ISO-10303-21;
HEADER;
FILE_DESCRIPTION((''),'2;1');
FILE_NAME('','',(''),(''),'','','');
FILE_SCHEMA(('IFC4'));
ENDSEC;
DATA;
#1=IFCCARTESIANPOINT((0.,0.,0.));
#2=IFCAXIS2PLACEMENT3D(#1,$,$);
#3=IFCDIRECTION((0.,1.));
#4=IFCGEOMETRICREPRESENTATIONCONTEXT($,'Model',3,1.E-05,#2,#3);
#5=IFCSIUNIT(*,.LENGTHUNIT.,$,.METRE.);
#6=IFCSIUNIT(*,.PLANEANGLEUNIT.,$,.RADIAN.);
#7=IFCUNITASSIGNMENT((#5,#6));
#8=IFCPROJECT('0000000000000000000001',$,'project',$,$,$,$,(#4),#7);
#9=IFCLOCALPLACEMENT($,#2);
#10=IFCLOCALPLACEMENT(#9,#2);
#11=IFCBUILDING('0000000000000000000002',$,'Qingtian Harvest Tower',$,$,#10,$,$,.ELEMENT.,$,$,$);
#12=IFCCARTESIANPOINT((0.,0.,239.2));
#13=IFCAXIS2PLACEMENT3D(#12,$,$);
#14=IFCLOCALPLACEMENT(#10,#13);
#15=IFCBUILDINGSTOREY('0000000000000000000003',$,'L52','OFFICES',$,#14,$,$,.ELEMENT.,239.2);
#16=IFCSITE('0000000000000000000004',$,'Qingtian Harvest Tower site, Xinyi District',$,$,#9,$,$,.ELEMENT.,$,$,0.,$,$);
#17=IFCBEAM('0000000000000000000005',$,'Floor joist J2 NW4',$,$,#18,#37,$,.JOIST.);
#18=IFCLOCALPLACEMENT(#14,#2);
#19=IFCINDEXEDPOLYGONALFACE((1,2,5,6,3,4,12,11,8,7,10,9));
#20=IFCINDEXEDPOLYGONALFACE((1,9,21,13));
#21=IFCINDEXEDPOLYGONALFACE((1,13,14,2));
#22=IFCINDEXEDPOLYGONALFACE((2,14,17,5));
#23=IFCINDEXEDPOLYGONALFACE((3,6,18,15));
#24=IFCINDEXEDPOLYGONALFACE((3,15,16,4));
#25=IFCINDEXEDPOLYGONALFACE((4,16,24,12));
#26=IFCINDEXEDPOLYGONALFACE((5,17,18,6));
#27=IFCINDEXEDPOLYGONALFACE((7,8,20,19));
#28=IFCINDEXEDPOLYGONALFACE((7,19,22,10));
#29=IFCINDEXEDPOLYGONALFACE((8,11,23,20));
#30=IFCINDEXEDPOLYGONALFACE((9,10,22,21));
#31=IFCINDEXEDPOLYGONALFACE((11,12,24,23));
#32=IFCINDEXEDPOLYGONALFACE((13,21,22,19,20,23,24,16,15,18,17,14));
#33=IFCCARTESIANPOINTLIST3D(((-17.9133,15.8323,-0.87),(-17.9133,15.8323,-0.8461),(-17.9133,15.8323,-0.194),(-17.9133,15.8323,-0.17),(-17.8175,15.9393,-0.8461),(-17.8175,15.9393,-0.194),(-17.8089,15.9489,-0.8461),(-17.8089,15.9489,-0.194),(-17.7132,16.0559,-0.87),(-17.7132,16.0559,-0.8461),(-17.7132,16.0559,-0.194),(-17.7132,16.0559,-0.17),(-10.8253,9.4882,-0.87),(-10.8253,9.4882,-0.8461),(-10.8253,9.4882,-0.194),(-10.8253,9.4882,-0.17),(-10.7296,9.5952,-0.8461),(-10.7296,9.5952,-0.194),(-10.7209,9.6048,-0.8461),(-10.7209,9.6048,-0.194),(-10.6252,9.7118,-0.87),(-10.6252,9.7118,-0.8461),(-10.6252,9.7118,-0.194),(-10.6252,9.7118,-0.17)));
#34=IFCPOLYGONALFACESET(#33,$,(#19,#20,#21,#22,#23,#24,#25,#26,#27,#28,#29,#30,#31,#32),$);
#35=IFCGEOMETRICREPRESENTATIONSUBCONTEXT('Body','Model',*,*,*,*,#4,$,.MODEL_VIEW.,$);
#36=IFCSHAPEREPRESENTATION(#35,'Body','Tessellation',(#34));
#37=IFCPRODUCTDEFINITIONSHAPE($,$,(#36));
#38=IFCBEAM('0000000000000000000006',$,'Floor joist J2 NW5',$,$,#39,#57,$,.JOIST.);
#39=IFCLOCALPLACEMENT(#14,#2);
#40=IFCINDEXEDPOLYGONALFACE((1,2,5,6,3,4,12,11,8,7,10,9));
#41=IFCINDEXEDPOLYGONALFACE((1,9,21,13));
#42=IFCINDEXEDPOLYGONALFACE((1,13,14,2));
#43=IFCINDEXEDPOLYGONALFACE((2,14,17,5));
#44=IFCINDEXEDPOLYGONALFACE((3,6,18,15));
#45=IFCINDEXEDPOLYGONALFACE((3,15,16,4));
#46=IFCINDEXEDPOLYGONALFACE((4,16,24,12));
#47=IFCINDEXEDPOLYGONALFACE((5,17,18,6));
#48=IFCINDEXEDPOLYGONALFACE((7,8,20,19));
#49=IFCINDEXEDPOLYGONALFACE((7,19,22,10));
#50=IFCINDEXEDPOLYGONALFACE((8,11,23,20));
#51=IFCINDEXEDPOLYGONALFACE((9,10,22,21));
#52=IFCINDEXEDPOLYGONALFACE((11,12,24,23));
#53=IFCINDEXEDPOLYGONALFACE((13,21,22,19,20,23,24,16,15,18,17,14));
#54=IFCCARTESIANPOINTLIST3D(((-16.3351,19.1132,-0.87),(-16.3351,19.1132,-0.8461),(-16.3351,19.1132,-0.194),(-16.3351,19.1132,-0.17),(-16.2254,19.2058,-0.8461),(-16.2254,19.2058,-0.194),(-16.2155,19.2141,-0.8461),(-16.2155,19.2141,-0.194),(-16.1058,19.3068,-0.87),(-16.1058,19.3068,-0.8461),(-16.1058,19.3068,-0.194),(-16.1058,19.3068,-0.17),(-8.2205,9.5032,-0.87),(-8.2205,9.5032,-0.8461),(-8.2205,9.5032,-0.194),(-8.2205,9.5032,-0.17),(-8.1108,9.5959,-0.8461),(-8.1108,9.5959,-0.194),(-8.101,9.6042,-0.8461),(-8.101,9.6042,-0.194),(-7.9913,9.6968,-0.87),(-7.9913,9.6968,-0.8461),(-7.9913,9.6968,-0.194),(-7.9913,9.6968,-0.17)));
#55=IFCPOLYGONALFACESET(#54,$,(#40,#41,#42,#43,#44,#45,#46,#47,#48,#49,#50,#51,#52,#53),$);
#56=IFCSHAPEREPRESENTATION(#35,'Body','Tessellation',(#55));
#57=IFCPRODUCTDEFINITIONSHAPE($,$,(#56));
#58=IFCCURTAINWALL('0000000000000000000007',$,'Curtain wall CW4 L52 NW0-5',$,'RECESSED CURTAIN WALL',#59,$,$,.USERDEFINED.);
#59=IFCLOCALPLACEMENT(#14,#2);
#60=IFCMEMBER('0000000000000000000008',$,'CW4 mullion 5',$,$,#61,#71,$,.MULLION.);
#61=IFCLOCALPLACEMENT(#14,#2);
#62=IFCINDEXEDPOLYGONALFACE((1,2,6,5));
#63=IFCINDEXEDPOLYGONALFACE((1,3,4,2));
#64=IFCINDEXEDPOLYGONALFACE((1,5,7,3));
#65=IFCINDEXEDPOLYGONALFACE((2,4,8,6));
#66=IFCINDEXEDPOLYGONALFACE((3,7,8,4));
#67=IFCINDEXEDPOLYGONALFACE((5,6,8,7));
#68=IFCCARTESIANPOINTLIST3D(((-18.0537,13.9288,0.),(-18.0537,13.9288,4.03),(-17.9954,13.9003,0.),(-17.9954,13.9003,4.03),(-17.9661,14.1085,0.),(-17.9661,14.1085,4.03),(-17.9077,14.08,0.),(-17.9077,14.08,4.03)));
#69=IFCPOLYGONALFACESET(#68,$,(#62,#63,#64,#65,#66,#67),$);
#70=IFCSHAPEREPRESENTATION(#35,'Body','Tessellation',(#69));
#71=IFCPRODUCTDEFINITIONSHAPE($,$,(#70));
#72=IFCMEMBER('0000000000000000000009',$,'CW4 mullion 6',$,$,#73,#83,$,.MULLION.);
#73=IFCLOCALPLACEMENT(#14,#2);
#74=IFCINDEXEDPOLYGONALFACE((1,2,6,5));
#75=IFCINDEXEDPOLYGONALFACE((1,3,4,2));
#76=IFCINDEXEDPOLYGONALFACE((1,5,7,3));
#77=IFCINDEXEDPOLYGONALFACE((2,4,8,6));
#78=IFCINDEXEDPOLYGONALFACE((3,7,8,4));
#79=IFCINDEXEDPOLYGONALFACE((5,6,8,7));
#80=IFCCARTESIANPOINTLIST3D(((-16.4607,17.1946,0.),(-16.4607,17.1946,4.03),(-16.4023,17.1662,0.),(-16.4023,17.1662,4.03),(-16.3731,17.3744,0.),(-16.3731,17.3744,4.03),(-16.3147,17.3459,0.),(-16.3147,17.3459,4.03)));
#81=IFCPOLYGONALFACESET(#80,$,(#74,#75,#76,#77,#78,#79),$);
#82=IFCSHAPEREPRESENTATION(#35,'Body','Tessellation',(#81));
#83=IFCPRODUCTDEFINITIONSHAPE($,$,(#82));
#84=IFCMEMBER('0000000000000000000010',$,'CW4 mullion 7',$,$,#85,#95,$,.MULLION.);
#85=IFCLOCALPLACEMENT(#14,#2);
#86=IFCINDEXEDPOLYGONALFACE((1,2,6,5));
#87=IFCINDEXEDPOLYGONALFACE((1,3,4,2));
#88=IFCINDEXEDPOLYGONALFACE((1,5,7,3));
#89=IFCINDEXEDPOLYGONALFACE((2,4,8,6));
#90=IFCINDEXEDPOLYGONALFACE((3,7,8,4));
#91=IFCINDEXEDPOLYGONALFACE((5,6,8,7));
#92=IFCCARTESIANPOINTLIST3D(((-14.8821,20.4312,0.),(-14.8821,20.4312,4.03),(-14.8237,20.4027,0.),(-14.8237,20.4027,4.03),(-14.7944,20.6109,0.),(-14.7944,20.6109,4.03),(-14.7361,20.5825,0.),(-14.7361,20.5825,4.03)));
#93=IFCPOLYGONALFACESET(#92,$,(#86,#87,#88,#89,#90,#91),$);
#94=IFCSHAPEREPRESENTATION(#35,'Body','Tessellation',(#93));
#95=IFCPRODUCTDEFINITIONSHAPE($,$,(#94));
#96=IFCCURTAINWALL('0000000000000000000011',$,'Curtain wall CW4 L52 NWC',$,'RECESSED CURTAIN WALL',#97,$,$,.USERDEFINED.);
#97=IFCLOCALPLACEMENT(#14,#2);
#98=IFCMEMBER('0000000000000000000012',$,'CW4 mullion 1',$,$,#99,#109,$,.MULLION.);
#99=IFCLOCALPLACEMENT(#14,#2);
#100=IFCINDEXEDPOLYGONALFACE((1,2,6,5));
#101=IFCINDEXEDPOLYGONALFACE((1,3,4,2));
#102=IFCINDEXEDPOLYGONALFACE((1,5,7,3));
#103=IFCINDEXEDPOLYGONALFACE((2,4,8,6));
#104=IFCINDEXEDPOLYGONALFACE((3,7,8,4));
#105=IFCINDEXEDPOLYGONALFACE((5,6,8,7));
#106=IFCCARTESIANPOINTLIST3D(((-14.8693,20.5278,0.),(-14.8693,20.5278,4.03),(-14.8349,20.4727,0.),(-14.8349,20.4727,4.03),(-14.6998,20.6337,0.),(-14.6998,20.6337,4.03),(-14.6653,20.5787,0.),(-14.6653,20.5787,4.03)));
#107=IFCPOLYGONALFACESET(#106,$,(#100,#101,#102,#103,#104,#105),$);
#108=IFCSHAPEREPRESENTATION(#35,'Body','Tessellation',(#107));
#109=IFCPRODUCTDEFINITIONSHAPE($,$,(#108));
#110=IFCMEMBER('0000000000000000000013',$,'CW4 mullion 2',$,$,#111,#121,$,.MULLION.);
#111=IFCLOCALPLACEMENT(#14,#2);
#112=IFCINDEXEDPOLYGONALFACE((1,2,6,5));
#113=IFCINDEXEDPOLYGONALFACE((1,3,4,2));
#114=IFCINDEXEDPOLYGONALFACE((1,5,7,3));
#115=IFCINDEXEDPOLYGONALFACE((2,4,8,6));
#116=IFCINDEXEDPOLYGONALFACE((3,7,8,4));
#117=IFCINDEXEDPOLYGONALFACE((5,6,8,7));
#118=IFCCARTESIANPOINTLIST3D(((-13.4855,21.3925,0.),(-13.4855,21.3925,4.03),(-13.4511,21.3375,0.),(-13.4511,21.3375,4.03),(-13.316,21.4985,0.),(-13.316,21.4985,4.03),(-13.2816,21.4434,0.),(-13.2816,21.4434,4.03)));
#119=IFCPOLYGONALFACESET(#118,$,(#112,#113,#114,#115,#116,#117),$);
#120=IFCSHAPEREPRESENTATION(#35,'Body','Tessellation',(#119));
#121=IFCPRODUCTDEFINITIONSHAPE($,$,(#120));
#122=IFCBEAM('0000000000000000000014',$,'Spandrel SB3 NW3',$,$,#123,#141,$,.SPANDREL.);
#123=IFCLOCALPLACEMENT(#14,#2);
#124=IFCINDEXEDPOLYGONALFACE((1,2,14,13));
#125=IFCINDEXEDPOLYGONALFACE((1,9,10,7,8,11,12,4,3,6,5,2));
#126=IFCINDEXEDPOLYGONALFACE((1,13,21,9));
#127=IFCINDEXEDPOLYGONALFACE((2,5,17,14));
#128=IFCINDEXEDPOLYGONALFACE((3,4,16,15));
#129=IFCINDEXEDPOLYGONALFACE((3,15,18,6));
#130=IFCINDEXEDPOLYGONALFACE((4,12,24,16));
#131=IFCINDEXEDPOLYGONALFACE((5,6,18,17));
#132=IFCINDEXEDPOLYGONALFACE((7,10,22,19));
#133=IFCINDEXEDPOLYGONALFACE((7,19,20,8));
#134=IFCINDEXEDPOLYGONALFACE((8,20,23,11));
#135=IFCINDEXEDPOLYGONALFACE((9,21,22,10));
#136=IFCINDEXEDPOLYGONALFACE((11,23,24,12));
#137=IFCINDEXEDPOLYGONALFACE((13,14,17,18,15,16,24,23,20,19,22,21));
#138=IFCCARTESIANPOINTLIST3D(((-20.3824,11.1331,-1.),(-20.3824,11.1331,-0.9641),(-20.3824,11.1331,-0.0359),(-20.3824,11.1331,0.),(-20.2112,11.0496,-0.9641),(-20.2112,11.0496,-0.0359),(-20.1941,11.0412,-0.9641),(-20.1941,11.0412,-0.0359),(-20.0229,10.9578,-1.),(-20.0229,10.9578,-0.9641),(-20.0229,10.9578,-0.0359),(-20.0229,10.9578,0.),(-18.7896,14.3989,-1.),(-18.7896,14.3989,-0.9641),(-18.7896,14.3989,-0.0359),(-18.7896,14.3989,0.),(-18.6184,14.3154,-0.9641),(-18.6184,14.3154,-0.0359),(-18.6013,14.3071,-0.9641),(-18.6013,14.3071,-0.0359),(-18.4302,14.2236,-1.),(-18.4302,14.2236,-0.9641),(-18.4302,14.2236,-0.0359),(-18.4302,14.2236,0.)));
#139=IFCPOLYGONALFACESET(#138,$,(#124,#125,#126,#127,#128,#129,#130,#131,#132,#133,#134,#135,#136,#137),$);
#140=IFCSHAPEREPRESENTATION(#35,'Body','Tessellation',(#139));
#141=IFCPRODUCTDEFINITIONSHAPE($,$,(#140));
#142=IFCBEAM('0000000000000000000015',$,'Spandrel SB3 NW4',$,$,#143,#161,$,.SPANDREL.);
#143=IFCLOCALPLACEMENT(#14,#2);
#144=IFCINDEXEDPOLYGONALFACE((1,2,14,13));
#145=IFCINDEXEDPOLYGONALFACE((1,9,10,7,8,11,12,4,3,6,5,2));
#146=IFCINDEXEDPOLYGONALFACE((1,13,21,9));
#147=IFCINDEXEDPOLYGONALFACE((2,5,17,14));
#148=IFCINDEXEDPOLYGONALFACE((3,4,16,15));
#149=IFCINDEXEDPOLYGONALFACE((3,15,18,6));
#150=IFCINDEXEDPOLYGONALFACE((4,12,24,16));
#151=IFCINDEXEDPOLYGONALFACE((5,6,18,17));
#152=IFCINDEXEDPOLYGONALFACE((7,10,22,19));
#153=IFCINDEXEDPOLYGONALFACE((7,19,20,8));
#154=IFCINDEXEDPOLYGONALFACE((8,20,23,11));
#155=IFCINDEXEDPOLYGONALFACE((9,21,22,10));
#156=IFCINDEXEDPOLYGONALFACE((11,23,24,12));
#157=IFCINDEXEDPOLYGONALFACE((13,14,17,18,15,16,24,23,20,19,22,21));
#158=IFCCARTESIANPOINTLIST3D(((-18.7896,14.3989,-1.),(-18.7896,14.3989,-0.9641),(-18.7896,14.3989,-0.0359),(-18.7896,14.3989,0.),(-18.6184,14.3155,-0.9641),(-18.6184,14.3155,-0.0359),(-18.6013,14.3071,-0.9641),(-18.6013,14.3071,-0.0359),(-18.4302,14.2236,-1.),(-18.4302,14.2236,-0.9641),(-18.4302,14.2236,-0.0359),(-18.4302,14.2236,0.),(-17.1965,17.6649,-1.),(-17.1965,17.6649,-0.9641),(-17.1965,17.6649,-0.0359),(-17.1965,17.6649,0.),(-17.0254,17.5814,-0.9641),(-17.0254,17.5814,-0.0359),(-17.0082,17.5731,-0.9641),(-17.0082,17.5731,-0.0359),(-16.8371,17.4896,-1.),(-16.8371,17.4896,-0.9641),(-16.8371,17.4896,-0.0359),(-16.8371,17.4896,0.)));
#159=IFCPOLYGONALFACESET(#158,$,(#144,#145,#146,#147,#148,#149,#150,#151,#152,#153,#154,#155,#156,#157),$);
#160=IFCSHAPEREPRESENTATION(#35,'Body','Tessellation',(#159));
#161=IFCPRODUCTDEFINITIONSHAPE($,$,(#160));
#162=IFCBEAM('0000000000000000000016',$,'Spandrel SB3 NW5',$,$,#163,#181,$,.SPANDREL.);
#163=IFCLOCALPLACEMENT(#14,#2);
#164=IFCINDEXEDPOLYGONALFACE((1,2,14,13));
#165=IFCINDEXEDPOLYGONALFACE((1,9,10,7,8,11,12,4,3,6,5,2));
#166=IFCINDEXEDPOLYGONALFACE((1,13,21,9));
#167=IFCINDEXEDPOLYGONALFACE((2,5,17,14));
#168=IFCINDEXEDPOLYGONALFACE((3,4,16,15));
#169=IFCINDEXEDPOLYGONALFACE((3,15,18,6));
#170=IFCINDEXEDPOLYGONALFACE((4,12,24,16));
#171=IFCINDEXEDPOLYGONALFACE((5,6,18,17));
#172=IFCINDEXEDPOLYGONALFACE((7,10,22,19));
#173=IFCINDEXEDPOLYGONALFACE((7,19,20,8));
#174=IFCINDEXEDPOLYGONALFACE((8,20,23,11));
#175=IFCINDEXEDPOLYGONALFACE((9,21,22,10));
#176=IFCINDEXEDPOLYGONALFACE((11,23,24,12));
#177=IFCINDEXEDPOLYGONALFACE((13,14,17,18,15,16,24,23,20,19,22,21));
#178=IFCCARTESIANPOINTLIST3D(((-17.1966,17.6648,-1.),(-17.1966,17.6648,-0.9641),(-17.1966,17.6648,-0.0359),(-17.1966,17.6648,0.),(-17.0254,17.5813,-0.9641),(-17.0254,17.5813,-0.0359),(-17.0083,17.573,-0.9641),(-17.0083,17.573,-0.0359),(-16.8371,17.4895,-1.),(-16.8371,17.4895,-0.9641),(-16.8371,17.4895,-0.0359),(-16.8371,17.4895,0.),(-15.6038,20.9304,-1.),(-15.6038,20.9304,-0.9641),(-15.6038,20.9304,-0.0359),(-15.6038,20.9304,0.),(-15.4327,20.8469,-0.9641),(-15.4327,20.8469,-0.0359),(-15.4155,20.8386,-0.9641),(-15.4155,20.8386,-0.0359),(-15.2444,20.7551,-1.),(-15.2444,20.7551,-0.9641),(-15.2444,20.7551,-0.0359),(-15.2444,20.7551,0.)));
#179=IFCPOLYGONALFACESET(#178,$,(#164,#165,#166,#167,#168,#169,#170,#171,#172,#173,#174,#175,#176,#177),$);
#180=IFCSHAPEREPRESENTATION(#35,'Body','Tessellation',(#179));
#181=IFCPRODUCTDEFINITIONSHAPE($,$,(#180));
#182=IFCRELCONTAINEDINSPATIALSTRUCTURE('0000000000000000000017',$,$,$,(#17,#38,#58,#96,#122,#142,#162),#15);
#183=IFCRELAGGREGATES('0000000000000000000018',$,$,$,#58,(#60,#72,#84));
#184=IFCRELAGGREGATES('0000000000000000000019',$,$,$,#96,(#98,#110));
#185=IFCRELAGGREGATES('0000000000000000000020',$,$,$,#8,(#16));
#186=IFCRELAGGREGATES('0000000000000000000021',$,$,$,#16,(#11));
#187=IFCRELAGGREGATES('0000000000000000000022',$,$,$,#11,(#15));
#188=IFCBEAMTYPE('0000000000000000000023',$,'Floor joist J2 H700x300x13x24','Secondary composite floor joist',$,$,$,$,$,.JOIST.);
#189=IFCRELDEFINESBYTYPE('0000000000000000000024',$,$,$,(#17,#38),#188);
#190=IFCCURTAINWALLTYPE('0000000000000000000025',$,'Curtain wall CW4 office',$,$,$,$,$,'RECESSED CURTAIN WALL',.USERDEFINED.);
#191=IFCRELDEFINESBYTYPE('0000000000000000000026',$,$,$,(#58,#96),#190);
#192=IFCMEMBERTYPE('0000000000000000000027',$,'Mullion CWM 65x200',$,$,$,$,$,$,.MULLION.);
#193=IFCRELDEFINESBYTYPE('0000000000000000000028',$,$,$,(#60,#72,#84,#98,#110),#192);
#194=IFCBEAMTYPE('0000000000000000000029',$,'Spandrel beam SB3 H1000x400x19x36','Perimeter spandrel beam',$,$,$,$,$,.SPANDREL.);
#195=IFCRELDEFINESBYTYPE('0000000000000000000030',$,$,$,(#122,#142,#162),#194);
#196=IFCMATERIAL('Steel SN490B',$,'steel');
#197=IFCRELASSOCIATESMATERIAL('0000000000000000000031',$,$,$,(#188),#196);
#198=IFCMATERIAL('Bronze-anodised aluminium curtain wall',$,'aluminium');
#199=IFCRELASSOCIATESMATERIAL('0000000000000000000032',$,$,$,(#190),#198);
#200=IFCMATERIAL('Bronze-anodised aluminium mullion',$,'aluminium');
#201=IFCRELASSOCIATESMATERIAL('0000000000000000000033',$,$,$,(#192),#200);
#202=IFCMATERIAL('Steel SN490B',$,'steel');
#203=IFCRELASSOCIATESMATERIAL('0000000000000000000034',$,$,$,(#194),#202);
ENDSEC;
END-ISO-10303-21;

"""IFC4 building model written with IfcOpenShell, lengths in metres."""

from ifc_helpers import new_model, si_unit, direction, frame, origin, origin_2d, place, context, subcontext, project, spatial, rectangle, i_section, extrude, material, material_profile, profile_set, type_object, element, aggregate, save


model = new_model("IFC4")

# Units and contexts
model_context = context("Model", 3, precision=1e-05, world=origin(), true_north=direction((0.0, 1.0)))
body_context = subcontext(model_context, "Body", "Model", "MODEL_VIEW")
ifc_project = project(units=[si_unit("LENGTHUNIT", "METRE"), si_unit("PLANEANGLEUNIT", "RADIAN")], contexts=[model_context])

# Site, building, storey
site_placement = place(None, origin())
site = spatial("IfcSite", under=ifc_project, at=site_placement, Name="Qingtian Harvest Tower site, Xinyi District", CompositionType="ELEMENT", RefElevation=0.0)
building_placement = place(site_placement, origin())
building = spatial("IfcBuilding", under=site, at=building_placement, Name="Qingtian Harvest Tower", CompositionType="ELEMENT")
storey_placement = place(building_placement, frame((0.0, 0.0, 239.2)))
storey = spatial("IfcBuildingStorey", under=building, at=storey_placement, Name="L52", Description="OFFICES", CompositionType="ELEMENT", Elevation=239.2)

# Beams
ifc_material_1 = material(Name="Steel SN490B", Category="steel")
ifc_material_profile_1 = material_profile(ifc_material_1, i_section(OverallWidth=0.3, OverallDepth=0.7, WebThickness=0.0129, FlangeThickness=0.0239, at=origin_2d()), Name="H700x300x13x24")
ifc_profile_set_1 = profile_set([ifc_material_profile_1], Name="Steel SN490B")
beam_type_1 = type_object("IfcBeamType", Name="Floor joist J2 H700x300x13x24", Description="Secondary composite floor joist", PredefinedType="JOIST", material=ifc_profile_set_1)
beam_1_placement = place(storey_placement, frame((-17.8132, 15.9441, -0.52), z_axis=(0.745127, -0.666923, 0.0), x_axis=(0.666923, 0.745127, 0.0)))
element("IfcBeam", 1, at=beam_1_placement, inside=storey, type_object=beam_type_1, Name="Floor joist J2 NW4", PredefinedType="JOIST", context=body_context, shape_type="SweptSolid", body=[
    extrude(i_section(OverallWidth=0.3, OverallDepth=0.7, WebThickness=0.0129, FlangeThickness=0.0239, at=origin_2d()), origin(), (0.0, 0.0, 1.0), 9.5125),
])
beam_2_placement = place(storey_placement, frame((-16.2205, 19.21, -0.52), z_axis=(0.645158, -0.764049, 0.0), x_axis=(0.764049, 0.645158, 0.0)))
element("IfcBeam", 2, at=beam_2_placement, inside=storey, type_object=beam_type_1, Name="Floor joist J2 NW5", PredefinedType="JOIST", context=body_context, shape_type="SweptSolid", body=[
    extrude(i_section(OverallWidth=0.3, OverallDepth=0.7, WebThickness=0.0129, FlangeThickness=0.0239, at=origin_2d()), origin(), (0.0, 0.0, 1.0), 12.5776),
])

# Curtain walls, members
ifc_material_2 = material(Name="Bronze-anodised aluminium curtain wall", Category="aluminium")
curtain_wall_type = type_object("IfcCurtainWallType", Name="Curtain wall CW4 office", ElementType="RECESSED CURTAIN WALL", PredefinedType="USERDEFINED", material=ifc_material_2)
curtain_wall_1_placement = place(storey_placement, origin())
curtain_wall_1 = element("IfcCurtainWall", 3, at=curtain_wall_1_placement, inside=storey, type_object=curtain_wall_type, Name="Curtain wall CW4 L52 NW0-5", ObjectType="RECESSED CURTAIN WALL", PredefinedType="USERDEFINED")
ifc_material_3 = material(Name="Bronze-anodised aluminium mullion", Category="aluminium")
ifc_material_profile_2 = material_profile(ifc_material_3, rectangle(XDim=0.0649, YDim=0.2, at=origin_2d()), Name="AL 65x200")
ifc_profile_set_2 = profile_set([ifc_material_profile_2], Name="Bronze-anodised aluminium mullion")
member_type_1 = type_object("IfcMemberType", Name="Mullion CWM 65x200", PredefinedType="MULLION", material=ifc_profile_set_2)
member_1_placement = place(storey_placement, frame((-17.9807, 14.0044, 0.0), z_axis=(0.0, 0.0, 1.0), x_axis=(-0.898794, 0.438371, 0.0)))
member_1 = element("IfcMember", 4, at=member_1_placement, type_object=member_type_1, Name="CW4 mullion 5", PredefinedType="MULLION", context=body_context, shape_type="SweptSolid", body=[
    extrude(rectangle(XDim=0.0649, YDim=0.2, at=origin_2d()), origin(), (0.0, 0.0, 1.0), 4.03),
])
member_2_placement = place(storey_placement, frame((-16.3877, 17.2703, 0.0), z_axis=(0.0, 0.0, 1.0), x_axis=(-0.898794, 0.438371, 0.0)))
member_2 = element("IfcMember", 5, at=member_2_placement, type_object=member_type_1, Name="CW4 mullion 6", PredefinedType="MULLION", context=body_context, shape_type="SweptSolid", body=[
    extrude(rectangle(XDim=0.0649, YDim=0.2, at=origin_2d()), origin(), (0.0, 0.0, 1.0), 4.03),
])
member_3_placement = place(storey_placement, frame((-14.8091, 20.5068, 0.0), z_axis=(0.0, 0.0, 1.0), x_axis=(-0.898794, 0.438371, 0.0)))
member_3 = element("IfcMember", 6, at=member_3_placement, type_object=member_type_1, Name="CW4 mullion 7", PredefinedType="MULLION", context=body_context, shape_type="SweptSolid", body=[
    extrude(rectangle(XDim=0.0649, YDim=0.2, at=origin_2d()), origin(), (0.0, 0.0, 1.0), 4.03),
])
curtain_wall_2_placement = place(storey_placement, origin())
curtain_wall_2 = element("IfcCurtainWall", 7, at=curtain_wall_2_placement, inside=storey, type_object=curtain_wall_type, Name="Curtain wall CW4 L52 NWC", ObjectType="RECESSED CURTAIN WALL", PredefinedType="USERDEFINED")
member_4_placement = place(storey_placement, frame((-14.7673, 20.5532, 0.0), z_axis=(0.0, 0.0, 1.0), x_axis=(-0.529919, 0.848048, 0.0)))
member_4 = element("IfcMember", 8, at=member_4_placement, type_object=member_type_1, Name="CW4 mullion 1", PredefinedType="MULLION", context=body_context, shape_type="SweptSolid", body=[
    extrude(rectangle(XDim=0.0649, YDim=0.2, at=origin_2d()), origin(), (0.0, 0.0, 1.0), 4.03),
])
member_5_placement = place(storey_placement, frame((-13.3835, 21.418, 0.0), z_axis=(0.0, 0.0, 1.0), x_axis=(-0.529919, 0.848048, 0.0)))
member_5 = element("IfcMember", 9, at=member_5_placement, type_object=member_type_1, Name="CW4 mullion 2", PredefinedType="MULLION", context=body_context, shape_type="SweptSolid", body=[
    extrude(rectangle(XDim=0.0649, YDim=0.2, at=origin_2d()), origin(), (0.0, 0.0, 1.0), 4.03),
])

# Beams
ifc_material_4 = material(Name="Steel SN490B", Category="steel")
ifc_material_profile_3 = material_profile(ifc_material_4, i_section(OverallWidth=0.3999, OverallDepth=1.0, WebThickness=0.019, FlangeThickness=0.0359, at=origin_2d()), Name="H1000x400x19x36")
ifc_profile_set_3 = profile_set([ifc_material_profile_3], Name="Steel SN490B")
beam_type_2 = type_object("IfcBeamType", Name="Spandrel beam SB3 H1000x400x19x36", Description="Perimeter spandrel beam", PredefinedType="SPANDREL", material=ifc_profile_set_3)
beam_3_placement = place(storey_placement, frame((-20.2026, 11.0454, -0.5), z_axis=(0.438349, 0.898805, 0.0), x_axis=(-0.898805, 0.438349, 0.0)))
element("IfcBeam", 10, at=beam_3_placement, inside=storey, type_object=beam_type_2, Name="Spandrel SB3 NW3", PredefinedType="SPANDREL", context=body_context, shape_type="SweptSolid", body=[
    extrude(i_section(OverallWidth=0.3999, OverallDepth=1.0, WebThickness=0.019, FlangeThickness=0.0359, at=origin_2d()), origin(), (0.0, 0.0, 1.0), 3.6335),
])
beam_4_placement = place(storey_placement, frame((-18.6099, 14.3113, -0.5), z_axis=(0.438404, 0.898778, 0.0), x_axis=(-0.898778, 0.438404, 0.0)))
element("IfcBeam", 11, at=beam_4_placement, inside=storey, type_object=beam_type_2, Name="Spandrel SB3 NW4", PredefinedType="SPANDREL", context=body_context, shape_type="SweptSolid", body=[
    extrude(i_section(OverallWidth=0.3999, OverallDepth=1.0, WebThickness=0.019, FlangeThickness=0.0359, at=origin_2d()), origin(), (0.0, 0.0, 1.0), 3.6338),
])
beam_5_placement = place(storey_placement, frame((-17.0168, 17.5771, -0.5), z_axis=(0.438376, 0.898792, 0.0), x_axis=(-0.898792, 0.438376, 0.0)))
element("IfcBeam", 12, at=beam_5_placement, inside=storey, type_object=beam_type_2, Name="Spandrel SB3 NW5", PredefinedType="SPANDREL", context=body_context, shape_type="SweptSolid", body=[
    extrude(i_section(OverallWidth=0.3999, OverallDepth=1.0, WebThickness=0.019, FlangeThickness=0.0359, at=origin_2d()), origin(), (0.0, 0.0, 1.0), 3.6333),
])

aggregate(curtain_wall_1, [member_1, member_2, member_3])
aggregate(curtain_wall_2, [member_4, member_5])

save(model, "model.ifc")
